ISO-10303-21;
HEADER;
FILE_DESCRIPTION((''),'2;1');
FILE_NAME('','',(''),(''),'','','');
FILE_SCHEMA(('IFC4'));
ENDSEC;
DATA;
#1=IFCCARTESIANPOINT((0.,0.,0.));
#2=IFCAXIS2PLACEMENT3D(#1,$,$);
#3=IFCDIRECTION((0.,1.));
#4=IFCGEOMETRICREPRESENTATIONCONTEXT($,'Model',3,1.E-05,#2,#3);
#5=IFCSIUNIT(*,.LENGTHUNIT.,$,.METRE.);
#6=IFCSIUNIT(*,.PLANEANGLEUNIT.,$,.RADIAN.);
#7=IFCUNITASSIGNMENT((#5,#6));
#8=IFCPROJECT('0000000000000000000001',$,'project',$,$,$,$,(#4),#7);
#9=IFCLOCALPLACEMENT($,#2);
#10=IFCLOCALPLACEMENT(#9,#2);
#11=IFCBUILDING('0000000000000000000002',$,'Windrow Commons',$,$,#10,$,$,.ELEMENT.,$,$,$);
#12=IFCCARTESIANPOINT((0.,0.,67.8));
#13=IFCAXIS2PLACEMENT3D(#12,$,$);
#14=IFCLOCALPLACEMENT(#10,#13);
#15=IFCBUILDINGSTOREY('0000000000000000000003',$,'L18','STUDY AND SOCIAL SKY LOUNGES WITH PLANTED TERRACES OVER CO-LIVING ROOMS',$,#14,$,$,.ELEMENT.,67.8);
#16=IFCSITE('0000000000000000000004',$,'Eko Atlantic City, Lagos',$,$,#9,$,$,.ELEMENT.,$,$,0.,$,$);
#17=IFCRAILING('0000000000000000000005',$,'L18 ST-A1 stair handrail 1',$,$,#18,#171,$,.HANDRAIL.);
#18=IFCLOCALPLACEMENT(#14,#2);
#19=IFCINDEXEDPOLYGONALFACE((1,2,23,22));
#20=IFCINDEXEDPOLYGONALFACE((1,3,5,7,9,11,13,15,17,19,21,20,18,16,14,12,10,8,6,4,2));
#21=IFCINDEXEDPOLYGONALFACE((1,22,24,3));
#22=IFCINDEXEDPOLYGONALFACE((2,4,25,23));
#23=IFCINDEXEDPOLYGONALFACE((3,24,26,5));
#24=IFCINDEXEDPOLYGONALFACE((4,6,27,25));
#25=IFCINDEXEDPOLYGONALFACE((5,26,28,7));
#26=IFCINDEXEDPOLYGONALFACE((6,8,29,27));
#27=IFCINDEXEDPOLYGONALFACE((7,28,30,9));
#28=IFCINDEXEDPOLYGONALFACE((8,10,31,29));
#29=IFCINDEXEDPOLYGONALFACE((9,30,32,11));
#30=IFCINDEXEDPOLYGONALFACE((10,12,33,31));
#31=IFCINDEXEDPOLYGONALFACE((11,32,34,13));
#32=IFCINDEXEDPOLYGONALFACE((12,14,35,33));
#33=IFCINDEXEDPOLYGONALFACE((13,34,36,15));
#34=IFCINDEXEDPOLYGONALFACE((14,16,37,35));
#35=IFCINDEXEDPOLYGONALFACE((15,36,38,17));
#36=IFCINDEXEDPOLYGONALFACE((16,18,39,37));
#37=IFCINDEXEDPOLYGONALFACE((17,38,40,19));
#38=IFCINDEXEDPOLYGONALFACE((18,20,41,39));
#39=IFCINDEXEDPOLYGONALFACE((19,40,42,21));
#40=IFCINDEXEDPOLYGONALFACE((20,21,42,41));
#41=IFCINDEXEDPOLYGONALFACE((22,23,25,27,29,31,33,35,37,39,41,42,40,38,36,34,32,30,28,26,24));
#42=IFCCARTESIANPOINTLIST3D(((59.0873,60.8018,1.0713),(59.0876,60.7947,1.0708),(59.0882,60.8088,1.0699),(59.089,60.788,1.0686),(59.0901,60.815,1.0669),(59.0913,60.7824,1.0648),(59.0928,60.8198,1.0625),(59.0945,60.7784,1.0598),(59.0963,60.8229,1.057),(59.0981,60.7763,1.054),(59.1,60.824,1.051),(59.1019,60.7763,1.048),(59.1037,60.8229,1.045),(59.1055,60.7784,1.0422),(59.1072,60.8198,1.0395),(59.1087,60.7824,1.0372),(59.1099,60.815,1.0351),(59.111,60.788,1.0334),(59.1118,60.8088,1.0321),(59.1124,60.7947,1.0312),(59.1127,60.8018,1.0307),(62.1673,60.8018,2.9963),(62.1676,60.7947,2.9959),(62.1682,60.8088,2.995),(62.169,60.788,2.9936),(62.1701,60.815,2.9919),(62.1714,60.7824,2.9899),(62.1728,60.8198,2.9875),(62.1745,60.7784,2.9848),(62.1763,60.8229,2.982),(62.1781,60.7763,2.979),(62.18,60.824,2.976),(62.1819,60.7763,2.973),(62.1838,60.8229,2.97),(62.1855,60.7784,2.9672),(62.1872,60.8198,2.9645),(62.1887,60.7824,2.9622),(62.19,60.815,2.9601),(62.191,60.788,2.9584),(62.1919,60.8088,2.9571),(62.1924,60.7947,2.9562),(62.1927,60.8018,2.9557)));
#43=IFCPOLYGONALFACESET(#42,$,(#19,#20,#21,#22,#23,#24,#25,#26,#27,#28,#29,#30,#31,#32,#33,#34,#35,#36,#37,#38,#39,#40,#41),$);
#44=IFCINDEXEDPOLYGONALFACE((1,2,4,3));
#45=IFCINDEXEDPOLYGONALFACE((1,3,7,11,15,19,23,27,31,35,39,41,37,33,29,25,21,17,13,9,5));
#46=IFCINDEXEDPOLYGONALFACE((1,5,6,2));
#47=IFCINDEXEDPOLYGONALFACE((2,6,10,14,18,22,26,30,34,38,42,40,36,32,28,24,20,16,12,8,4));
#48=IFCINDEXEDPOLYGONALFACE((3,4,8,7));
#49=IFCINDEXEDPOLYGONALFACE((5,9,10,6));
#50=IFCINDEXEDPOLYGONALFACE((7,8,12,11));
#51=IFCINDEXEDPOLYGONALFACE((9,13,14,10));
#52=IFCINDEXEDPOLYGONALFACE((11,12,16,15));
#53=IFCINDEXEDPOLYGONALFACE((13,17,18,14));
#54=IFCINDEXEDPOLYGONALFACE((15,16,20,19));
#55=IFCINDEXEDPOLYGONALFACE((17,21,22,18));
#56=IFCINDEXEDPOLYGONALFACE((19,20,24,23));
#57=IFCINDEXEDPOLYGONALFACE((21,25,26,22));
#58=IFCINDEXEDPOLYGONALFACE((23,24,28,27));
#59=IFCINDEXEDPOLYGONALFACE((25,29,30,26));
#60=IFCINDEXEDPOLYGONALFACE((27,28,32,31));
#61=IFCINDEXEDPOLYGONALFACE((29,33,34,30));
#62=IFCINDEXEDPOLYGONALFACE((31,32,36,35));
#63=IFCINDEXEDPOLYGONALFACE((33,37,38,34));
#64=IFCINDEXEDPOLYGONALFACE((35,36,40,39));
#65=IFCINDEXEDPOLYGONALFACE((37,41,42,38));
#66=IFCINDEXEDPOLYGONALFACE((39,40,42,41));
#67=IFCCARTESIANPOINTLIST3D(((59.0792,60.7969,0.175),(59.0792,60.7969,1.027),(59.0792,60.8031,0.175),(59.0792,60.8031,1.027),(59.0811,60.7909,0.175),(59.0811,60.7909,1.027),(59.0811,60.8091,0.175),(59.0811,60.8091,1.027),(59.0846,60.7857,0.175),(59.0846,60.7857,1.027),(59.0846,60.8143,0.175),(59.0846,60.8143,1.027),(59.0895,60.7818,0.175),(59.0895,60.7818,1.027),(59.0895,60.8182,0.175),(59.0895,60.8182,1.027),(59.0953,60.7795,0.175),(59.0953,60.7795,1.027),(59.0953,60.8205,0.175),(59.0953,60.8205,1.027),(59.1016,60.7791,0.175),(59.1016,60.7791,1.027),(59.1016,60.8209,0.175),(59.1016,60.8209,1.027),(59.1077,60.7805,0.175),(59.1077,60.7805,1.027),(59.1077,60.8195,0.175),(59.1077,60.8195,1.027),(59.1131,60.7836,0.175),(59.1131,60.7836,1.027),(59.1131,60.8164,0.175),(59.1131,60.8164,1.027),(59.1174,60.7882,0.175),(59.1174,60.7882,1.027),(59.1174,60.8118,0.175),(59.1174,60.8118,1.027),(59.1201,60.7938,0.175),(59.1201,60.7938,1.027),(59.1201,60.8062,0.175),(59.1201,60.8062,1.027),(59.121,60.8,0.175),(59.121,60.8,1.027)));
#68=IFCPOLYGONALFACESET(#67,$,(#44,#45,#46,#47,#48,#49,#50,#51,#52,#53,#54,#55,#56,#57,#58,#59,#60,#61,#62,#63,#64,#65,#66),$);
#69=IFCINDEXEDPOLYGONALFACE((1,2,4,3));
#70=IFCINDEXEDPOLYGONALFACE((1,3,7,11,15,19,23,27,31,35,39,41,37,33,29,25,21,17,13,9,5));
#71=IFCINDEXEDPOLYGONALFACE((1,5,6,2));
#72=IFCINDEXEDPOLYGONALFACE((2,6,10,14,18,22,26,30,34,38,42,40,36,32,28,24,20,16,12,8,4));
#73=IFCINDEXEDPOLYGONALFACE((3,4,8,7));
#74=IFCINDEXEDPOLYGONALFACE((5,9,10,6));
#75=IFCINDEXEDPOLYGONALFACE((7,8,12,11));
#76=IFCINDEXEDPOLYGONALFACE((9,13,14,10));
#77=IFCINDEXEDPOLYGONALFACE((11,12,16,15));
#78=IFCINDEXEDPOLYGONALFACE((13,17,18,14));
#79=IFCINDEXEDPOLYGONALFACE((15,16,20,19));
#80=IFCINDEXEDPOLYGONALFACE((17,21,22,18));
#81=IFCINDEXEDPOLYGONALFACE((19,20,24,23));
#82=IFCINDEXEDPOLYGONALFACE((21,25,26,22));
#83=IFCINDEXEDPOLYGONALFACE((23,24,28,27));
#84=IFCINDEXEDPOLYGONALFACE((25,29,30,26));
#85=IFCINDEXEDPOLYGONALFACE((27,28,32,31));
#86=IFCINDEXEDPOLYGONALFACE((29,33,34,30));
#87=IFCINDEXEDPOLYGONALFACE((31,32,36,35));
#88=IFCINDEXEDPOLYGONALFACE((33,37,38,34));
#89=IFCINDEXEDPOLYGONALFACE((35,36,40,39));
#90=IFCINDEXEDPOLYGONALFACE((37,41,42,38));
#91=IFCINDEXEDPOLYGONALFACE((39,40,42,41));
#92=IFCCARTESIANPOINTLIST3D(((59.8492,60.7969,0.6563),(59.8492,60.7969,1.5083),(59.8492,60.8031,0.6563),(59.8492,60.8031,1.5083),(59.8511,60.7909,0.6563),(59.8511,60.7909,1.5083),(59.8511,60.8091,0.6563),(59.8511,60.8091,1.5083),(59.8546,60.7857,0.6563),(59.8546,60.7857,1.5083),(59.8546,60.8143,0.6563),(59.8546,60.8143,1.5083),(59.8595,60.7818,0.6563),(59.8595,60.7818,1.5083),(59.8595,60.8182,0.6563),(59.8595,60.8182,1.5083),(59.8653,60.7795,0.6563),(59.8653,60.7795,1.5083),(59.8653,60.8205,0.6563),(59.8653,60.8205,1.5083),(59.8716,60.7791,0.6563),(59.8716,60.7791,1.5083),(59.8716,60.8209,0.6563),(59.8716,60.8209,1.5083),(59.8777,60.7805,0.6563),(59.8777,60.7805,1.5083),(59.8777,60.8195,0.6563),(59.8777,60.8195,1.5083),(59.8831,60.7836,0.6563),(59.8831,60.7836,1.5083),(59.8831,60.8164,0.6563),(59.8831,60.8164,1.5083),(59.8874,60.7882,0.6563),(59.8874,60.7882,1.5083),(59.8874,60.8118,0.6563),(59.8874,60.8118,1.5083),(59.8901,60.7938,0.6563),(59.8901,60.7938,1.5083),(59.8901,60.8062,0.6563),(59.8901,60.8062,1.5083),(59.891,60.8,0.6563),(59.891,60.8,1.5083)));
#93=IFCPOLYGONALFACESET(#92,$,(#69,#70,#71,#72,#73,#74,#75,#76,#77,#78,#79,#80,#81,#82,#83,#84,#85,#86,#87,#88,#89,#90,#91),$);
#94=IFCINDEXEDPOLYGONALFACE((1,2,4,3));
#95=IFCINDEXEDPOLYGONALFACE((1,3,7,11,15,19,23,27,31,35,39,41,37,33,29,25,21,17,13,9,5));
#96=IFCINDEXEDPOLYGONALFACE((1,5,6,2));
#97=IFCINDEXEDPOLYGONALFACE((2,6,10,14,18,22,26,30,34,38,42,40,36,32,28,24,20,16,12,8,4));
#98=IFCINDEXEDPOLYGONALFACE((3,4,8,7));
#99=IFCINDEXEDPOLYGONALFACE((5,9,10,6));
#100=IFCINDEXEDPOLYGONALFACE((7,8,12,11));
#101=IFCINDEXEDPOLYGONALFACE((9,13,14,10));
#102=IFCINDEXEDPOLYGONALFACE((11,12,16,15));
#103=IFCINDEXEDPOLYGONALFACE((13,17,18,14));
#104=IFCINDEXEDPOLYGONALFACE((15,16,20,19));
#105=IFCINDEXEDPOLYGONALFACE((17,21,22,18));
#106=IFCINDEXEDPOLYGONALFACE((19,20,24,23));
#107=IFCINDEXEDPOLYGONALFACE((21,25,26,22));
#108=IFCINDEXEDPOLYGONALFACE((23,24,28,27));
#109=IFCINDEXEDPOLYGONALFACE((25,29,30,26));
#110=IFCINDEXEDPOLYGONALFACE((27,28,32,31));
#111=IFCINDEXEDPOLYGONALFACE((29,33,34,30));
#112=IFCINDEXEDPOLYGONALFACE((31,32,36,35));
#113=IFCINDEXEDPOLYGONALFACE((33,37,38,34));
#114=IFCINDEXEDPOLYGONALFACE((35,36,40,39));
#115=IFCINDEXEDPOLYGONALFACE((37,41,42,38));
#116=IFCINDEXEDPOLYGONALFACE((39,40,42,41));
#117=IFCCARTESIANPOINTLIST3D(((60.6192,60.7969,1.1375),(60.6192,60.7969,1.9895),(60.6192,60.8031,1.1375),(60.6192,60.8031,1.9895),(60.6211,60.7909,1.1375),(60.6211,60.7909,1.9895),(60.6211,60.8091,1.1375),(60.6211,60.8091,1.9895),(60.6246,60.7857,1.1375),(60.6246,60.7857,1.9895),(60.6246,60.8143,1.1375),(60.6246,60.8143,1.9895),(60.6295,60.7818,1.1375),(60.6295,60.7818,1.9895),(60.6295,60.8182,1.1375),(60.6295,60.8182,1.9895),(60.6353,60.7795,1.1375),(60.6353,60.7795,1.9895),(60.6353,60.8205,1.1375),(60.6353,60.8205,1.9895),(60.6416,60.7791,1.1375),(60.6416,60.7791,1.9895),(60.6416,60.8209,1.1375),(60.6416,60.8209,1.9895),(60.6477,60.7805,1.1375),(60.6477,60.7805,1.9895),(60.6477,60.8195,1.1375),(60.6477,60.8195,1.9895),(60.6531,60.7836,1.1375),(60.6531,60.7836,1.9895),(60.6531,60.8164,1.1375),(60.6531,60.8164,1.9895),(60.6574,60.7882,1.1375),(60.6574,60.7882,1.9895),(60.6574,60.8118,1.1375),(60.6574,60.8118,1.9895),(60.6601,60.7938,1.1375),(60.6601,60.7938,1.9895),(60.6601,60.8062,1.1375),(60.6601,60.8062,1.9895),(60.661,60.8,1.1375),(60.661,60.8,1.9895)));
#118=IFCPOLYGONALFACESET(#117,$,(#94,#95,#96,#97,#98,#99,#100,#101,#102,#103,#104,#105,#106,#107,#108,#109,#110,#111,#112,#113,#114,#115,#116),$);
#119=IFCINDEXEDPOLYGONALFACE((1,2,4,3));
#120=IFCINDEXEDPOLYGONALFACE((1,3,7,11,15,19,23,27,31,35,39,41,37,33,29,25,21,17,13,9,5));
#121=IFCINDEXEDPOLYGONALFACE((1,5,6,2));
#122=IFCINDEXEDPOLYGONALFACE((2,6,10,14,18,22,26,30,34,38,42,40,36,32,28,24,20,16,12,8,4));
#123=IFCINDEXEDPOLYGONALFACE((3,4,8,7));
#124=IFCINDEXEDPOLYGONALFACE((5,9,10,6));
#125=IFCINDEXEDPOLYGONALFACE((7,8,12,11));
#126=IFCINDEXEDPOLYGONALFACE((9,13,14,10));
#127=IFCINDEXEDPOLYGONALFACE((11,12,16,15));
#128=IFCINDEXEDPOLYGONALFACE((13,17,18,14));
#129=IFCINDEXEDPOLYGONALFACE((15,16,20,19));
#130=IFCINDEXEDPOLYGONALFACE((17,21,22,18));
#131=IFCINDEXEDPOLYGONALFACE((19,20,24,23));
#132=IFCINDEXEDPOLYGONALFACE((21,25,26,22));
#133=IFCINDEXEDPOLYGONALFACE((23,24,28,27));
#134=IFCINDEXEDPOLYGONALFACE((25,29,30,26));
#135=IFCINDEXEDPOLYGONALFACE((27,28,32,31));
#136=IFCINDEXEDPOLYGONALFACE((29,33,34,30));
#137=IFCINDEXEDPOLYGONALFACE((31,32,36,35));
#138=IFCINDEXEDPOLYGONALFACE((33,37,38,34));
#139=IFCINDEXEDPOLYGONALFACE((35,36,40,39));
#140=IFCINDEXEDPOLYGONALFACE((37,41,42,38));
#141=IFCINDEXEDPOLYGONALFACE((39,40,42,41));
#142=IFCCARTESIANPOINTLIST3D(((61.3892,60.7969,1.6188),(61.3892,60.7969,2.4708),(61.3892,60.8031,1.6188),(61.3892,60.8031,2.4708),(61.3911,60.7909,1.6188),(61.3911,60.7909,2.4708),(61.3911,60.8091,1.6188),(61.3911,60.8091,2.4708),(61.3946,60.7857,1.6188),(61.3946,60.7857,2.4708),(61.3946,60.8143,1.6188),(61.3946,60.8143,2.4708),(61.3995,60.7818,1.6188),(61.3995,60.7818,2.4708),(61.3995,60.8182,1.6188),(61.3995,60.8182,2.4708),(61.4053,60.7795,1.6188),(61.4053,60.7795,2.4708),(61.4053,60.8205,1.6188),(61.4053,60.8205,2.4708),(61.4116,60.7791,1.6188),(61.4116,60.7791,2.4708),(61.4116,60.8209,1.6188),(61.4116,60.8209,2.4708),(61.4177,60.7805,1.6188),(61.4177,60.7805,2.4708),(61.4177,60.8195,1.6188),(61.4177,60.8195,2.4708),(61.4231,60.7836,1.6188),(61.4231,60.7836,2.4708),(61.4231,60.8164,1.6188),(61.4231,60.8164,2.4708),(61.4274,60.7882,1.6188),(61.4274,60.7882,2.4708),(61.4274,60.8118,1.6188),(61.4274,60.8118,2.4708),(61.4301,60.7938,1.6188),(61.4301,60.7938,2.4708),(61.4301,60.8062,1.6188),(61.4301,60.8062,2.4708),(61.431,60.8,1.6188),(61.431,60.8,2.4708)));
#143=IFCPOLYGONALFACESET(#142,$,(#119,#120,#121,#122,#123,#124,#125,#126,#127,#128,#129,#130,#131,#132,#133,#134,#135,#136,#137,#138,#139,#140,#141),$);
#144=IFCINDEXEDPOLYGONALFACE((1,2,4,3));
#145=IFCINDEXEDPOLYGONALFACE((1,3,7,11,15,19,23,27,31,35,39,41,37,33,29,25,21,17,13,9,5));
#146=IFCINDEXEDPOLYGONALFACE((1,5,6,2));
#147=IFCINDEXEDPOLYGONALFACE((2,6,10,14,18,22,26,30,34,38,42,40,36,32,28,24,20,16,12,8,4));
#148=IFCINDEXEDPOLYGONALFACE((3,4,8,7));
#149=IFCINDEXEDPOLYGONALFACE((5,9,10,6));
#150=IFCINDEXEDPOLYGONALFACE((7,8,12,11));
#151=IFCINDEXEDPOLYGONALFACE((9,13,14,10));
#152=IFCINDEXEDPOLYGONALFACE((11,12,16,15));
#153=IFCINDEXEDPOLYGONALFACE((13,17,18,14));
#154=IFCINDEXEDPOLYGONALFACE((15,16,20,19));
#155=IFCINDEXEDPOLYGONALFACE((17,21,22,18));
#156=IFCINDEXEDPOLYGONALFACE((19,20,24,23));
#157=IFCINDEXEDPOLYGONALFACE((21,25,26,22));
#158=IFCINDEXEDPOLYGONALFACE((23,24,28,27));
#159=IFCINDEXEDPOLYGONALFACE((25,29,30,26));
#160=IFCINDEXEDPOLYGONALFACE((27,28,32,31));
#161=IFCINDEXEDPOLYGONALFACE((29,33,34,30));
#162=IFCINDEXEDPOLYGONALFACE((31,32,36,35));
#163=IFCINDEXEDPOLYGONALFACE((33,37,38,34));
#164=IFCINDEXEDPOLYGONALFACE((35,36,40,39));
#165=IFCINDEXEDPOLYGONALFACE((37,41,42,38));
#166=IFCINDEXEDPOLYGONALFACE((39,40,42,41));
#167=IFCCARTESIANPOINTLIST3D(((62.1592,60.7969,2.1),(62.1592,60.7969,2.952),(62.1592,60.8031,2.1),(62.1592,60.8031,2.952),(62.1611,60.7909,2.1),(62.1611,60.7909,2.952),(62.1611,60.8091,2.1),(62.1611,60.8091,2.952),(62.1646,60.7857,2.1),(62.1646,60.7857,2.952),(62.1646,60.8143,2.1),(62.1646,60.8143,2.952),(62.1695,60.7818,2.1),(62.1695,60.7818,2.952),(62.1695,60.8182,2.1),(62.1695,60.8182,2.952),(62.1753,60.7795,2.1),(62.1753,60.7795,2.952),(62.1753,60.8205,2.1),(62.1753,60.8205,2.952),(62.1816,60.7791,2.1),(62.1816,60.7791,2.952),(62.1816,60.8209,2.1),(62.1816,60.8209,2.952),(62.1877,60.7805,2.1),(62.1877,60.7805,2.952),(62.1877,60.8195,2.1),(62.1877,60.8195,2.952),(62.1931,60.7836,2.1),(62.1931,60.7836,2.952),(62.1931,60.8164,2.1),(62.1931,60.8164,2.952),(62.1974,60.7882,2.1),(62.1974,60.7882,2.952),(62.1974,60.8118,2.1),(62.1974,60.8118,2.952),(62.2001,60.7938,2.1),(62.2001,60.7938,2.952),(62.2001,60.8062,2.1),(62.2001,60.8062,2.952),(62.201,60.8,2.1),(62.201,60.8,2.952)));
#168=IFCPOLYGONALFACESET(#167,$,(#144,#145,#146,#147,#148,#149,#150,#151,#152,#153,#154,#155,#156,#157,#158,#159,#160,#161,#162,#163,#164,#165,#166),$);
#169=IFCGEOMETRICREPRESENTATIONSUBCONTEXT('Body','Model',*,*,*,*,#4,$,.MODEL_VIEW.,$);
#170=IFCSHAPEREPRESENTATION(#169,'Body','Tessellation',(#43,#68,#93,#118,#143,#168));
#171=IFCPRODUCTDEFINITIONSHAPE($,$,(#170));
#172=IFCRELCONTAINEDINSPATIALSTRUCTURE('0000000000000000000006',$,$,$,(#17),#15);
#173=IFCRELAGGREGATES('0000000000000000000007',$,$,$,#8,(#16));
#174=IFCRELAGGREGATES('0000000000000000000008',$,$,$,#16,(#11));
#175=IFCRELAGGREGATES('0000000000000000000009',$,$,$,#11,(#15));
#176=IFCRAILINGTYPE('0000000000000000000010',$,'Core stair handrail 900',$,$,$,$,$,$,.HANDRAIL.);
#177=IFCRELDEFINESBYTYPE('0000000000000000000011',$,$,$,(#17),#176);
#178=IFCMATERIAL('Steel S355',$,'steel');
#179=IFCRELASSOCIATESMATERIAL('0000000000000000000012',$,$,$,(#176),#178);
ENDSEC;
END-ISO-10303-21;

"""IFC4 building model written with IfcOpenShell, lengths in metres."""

from ifc_helpers import new_model, si_unit, direction, frame, origin, origin_2d, place, context, subcontext, project, spatial, circle, extrude, material, type_object, element, save


model = new_model("IFC4")

# Units and contexts
model_context = context("Model", 3, precision=1e-05, world=origin(), true_north=direction((0.0, 1.0)))
body_context = subcontext(model_context, "Body", "Model", "MODEL_VIEW")
ifc_project = project(units=[si_unit("LENGTHUNIT", "METRE"), si_unit("PLANEANGLEUNIT", "RADIAN")], contexts=[model_context])

# Site, building, storey
site_placement = place(None, origin())
site = spatial("IfcSite", under=ifc_project, at=site_placement, Name="Eko Atlantic City, Lagos", CompositionType="ELEMENT", RefElevation=0.0)
building_placement = place(site_placement, origin())
building = spatial("IfcBuilding", under=site, at=building_placement, Name="Windrow Commons", CompositionType="ELEMENT")
storey_placement = place(building_placement, frame((0.0, 0.0, 67.8)))
storey = spatial("IfcBuildingStorey", under=building, at=storey_placement, Name="L18", Description="STUDY AND SOCIAL SKY LOUNGES WITH PLANTED TERRACES OVER CO-LIVING ROOMS", CompositionType="ELEMENT", Elevation=67.8)

# Railing
ifc_material_1 = material(Name="Steel S355", Category="steel")
railing_type = type_object("IfcRailingType", Name="Core stair handrail 900", PredefinedType="HANDRAIL", material=ifc_material_1)
railing_1_placement = place(storey_placement, frame((59.1, 60.8, 0.175)))
element("IfcRailing", 1, at=railing_1_placement, inside=storey, type_object=railing_type, Name="L18 ST-A1 stair handrail 1", PredefinedType="HANDRAIL", context=body_context, shape_type="SweptSolid", body=[
    extrude(circle(Radius=0.024, at=origin_2d()), frame((0.0, 0.0, 0.876), z_axis=(0.847998, 0.0, 0.529999), x_axis=(0.0, 1.0, 0.0)), (0.0, 0.0, 1.0), 3.6321),
    extrude(circle(Radius=0.021, at=origin_2d()), origin(), (0.0, 0.0, 1.0), 0.852),
    extrude(circle(Radius=0.021, at=origin_2d()), frame((0.77, 0.0, 0.4813)), (0.0, 0.0, 1.0), 0.852),
    extrude(circle(Radius=0.021, at=origin_2d()), frame((1.54, 0.0, 0.9625)), (0.0, 0.0, 1.0), 0.852),
    extrude(circle(Radius=0.021, at=origin_2d()), frame((2.31, 0.0, 1.4438)), (0.0, 0.0, 1.0), 0.852),
    extrude(circle(Radius=0.021, at=origin_2d()), frame((3.08, 0.0, 1.925)), (0.0, 0.0, 1.0), 0.852),
])

save(model, "model.ifc")
